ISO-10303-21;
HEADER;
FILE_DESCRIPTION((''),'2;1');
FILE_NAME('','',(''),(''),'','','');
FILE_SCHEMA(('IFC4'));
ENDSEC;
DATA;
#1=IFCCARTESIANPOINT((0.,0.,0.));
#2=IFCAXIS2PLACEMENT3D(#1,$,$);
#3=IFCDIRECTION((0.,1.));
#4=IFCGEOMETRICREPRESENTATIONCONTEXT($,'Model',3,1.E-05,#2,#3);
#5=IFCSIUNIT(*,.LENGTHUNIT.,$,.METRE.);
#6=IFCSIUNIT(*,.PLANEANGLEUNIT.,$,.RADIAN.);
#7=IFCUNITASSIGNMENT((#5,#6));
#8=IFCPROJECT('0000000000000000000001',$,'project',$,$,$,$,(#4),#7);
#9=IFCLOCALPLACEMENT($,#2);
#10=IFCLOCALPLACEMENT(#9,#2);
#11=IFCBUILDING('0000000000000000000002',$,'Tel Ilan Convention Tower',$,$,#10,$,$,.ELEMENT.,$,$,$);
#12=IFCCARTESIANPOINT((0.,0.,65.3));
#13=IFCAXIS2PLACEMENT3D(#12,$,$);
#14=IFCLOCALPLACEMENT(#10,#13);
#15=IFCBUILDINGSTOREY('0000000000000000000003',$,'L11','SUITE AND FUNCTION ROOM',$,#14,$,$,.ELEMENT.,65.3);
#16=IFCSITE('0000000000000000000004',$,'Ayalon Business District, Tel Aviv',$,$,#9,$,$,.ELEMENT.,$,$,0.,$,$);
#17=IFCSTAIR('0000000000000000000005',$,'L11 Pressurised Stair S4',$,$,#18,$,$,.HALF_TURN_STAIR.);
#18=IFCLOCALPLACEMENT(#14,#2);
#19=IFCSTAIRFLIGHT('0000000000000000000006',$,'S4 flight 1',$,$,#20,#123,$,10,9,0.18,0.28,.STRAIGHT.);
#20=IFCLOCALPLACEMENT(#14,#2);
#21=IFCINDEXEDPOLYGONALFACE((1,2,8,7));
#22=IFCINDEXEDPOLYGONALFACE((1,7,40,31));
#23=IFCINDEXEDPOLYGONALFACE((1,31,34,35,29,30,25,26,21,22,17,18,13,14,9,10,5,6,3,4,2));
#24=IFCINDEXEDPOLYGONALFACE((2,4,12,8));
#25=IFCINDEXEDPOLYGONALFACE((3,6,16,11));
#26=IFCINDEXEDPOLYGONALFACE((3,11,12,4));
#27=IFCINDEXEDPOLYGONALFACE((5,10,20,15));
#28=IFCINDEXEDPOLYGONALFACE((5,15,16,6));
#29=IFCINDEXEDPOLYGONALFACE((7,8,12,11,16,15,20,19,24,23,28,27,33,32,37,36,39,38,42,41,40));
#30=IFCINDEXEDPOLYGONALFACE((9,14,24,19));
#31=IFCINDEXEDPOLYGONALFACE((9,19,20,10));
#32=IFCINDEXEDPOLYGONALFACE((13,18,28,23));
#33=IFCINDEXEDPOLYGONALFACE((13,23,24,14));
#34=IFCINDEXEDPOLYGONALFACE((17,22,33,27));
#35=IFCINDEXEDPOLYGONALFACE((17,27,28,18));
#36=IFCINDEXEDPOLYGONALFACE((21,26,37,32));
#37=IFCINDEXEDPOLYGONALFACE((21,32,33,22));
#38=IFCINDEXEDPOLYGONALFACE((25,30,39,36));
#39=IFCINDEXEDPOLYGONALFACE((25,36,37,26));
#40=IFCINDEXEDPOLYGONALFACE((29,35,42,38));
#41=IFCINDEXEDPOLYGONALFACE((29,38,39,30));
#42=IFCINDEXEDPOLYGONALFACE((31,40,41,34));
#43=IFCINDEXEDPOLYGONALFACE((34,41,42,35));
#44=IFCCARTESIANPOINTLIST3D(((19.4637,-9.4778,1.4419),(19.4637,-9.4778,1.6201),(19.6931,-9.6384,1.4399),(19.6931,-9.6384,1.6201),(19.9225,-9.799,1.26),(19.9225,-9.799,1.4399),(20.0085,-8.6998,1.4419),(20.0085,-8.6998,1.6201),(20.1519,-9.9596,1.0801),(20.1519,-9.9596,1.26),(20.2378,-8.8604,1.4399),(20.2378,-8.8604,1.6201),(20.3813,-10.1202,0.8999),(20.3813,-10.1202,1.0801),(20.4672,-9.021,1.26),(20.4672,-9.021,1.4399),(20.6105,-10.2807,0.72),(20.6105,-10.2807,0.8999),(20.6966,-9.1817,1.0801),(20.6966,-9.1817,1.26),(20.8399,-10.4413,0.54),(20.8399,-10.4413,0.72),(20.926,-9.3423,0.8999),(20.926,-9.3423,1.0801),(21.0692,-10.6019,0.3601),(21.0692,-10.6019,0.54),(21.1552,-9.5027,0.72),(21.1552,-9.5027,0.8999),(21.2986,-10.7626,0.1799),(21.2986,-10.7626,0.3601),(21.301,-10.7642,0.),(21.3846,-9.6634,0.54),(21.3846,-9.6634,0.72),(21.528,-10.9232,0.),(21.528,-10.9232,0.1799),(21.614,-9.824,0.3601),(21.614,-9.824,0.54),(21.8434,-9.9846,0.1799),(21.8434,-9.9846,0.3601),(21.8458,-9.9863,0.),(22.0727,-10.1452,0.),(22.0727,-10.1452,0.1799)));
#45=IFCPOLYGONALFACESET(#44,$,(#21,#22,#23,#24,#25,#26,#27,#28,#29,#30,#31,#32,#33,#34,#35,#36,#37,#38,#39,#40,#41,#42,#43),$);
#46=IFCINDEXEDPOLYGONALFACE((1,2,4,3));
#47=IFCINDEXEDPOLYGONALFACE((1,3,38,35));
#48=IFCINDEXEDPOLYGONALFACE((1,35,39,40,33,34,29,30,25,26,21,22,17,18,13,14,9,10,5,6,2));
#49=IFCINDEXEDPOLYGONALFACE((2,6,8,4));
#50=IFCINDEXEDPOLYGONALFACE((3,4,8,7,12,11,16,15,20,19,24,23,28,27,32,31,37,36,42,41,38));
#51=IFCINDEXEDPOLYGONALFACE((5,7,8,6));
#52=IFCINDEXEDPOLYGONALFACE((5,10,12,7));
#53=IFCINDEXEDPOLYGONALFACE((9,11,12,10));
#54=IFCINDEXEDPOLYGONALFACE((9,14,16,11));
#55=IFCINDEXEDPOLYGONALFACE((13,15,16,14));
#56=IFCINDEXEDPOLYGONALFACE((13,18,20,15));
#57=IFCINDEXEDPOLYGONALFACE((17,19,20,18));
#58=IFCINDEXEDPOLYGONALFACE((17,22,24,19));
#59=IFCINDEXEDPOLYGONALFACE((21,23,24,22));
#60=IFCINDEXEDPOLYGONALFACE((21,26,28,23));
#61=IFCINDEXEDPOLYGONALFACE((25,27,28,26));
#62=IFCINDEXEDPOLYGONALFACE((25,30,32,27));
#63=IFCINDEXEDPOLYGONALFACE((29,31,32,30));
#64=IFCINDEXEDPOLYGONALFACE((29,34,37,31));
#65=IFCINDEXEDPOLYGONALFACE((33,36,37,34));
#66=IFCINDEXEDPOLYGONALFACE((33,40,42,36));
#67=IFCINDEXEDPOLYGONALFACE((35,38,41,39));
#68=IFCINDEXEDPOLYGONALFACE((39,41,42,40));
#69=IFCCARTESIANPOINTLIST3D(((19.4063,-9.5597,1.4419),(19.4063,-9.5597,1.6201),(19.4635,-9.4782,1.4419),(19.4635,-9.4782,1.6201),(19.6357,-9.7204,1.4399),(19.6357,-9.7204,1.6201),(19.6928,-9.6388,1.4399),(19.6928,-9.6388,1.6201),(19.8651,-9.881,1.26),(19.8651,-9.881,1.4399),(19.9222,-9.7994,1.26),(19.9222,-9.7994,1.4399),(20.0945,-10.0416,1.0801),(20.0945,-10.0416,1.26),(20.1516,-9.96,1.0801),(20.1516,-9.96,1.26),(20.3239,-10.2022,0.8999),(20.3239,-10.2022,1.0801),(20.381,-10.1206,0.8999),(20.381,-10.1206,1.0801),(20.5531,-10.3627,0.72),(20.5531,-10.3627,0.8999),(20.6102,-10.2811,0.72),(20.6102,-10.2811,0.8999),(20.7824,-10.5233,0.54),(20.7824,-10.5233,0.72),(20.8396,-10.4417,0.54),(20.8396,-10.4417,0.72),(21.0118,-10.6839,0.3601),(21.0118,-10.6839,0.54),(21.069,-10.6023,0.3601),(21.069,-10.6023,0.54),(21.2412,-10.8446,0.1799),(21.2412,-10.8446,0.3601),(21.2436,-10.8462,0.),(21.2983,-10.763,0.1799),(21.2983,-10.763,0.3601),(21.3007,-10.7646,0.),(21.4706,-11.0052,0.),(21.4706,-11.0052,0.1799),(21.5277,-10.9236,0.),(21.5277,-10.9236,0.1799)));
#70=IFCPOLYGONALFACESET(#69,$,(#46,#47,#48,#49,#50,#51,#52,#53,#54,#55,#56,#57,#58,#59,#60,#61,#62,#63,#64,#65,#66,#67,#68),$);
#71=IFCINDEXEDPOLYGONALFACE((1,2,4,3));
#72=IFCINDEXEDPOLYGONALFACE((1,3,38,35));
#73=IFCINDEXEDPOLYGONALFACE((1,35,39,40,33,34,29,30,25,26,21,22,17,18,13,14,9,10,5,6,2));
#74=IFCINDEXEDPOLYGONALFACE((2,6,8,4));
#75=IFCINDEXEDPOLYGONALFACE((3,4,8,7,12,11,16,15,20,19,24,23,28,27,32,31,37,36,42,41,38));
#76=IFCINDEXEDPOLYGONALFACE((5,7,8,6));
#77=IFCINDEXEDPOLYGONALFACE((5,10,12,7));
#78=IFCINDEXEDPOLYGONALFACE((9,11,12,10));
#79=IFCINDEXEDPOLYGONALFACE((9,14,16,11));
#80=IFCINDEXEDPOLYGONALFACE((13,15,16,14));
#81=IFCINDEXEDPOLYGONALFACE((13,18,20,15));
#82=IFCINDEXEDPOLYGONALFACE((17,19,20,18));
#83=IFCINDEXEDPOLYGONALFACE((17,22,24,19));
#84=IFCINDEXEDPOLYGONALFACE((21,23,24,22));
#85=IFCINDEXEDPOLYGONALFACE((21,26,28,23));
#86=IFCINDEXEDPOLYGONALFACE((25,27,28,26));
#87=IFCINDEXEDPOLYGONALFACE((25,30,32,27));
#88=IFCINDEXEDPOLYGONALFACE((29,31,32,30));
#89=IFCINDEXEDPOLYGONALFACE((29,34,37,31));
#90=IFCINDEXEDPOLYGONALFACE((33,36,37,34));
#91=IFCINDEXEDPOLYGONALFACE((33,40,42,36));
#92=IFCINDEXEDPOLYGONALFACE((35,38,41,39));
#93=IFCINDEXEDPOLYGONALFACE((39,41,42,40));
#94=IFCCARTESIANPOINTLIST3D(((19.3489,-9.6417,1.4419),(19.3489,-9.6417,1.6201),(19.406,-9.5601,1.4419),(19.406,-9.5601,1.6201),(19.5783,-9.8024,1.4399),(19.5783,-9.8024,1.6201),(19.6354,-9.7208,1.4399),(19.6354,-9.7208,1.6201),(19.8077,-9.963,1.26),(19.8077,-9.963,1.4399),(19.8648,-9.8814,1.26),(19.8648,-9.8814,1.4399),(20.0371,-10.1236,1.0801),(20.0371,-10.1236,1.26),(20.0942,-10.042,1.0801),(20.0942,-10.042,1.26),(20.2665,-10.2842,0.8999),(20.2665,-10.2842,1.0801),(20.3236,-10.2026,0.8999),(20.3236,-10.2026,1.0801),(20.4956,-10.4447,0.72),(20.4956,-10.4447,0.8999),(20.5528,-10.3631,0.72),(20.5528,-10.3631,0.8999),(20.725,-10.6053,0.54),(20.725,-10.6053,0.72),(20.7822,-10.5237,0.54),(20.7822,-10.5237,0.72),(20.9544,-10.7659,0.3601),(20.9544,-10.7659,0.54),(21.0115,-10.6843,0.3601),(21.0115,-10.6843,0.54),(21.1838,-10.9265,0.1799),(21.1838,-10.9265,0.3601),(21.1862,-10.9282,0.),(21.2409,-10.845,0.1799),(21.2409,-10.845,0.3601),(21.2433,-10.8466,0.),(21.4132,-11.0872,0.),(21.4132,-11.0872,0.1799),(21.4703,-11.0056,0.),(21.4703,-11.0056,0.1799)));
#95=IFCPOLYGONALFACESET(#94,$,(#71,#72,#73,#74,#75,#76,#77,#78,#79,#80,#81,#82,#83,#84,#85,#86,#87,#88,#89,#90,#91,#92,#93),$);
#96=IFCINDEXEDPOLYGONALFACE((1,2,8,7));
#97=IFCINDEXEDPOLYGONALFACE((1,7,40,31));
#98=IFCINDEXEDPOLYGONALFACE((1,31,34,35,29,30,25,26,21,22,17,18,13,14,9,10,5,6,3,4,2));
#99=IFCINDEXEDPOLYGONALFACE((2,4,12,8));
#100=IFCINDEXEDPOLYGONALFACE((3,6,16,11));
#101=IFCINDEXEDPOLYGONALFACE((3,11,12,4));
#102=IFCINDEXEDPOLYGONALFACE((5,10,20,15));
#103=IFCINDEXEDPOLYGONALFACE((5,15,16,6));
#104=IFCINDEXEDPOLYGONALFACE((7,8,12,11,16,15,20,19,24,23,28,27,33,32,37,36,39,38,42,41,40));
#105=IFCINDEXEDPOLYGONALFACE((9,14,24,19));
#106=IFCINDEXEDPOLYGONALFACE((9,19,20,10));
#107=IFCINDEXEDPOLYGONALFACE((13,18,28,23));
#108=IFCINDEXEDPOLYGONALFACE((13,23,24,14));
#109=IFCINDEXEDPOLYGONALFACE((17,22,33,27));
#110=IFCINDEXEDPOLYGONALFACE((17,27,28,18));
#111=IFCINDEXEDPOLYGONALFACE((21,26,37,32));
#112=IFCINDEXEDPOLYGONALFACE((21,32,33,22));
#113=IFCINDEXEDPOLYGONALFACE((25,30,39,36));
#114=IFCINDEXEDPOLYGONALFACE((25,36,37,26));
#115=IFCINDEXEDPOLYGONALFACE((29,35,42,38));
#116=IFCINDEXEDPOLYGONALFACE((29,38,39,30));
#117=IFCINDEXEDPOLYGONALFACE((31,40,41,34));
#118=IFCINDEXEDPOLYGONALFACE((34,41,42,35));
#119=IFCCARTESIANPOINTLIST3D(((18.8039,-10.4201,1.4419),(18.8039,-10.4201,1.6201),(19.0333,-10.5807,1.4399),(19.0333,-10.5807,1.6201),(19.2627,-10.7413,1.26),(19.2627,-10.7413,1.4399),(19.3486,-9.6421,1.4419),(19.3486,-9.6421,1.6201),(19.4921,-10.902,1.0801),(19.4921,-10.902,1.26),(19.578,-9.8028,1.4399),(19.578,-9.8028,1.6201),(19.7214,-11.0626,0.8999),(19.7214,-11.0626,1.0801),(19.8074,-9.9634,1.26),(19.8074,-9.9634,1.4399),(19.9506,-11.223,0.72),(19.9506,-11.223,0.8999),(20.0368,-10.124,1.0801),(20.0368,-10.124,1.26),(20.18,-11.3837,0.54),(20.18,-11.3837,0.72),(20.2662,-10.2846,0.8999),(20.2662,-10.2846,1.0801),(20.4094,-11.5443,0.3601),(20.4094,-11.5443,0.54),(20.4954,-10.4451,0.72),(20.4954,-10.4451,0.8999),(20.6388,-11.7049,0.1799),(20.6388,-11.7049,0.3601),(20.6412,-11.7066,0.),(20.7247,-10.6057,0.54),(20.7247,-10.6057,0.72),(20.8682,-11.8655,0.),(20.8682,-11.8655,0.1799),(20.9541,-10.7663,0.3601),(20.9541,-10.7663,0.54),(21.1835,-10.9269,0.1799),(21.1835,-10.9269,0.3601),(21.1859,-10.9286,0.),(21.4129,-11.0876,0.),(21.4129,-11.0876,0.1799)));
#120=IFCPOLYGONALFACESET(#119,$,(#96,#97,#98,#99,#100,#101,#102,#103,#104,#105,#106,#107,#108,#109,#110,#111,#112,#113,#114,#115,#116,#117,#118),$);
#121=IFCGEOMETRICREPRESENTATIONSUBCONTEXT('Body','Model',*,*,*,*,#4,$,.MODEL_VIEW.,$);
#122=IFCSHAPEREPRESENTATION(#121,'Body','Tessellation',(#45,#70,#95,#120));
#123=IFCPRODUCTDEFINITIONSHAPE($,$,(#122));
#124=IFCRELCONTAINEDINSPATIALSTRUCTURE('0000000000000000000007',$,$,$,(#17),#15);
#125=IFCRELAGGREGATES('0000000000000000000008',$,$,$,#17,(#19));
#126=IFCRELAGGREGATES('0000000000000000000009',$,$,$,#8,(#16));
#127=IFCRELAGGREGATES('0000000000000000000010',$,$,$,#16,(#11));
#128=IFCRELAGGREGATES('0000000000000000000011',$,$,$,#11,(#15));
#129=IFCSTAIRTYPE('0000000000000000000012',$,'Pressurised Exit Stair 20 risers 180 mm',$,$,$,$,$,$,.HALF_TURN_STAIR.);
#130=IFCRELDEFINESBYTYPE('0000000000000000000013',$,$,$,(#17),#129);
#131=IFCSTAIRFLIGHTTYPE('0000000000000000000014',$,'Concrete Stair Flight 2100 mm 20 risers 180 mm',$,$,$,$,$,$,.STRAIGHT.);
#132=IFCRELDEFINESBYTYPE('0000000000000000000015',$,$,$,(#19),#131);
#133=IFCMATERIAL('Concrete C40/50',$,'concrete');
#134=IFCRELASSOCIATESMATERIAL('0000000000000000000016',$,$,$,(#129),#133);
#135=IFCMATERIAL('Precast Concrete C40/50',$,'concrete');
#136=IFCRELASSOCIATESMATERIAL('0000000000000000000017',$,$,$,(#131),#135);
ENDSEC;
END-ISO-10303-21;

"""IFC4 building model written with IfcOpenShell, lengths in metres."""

from ifc_helpers import new_model, si_unit, direction, frame, origin, place, context, subcontext, project, spatial, polyline, outline, extrude, material, type_object, element, aggregate, save


model = new_model("IFC4")

# Units and contexts
model_context = context("Model", 3, precision=1e-05, world=origin(), true_north=direction((0.0, 1.0)))
body_context = subcontext(model_context, "Body", "Model", "MODEL_VIEW")
ifc_project = project(units=[si_unit("LENGTHUNIT", "METRE"), si_unit("PLANEANGLEUNIT", "RADIAN")], contexts=[model_context])

# Site, building, storey
site_placement = place(None, origin())
site = spatial("IfcSite", under=ifc_project, at=site_placement, Name="Ayalon Business District, Tel Aviv", CompositionType="ELEMENT", RefElevation=0.0)
building_placement = place(site_placement, origin())
building = spatial("IfcBuilding", under=site, at=building_placement, Name="Tel Ilan Convention Tower", CompositionType="ELEMENT")
storey_placement = place(building_placement, frame((0.0, 0.0, 65.3)))
storey = spatial("IfcBuildingStorey", under=building, at=storey_placement, Name="L11", Description="SUITE AND FUNCTION ROOM", CompositionType="ELEMENT", Elevation=65.3)

# Shared definitions
ifc_material_1 = material(Name="Concrete C40/50", Category="concrete")
stair_type = type_object("IfcStairType", Name="Pressurised Exit Stair 20 risers 180 mm", PredefinedType="HALF_TURN_STAIR", material=ifc_material_1)
ifc_material_2 = material(Name="Precast Concrete C40/50", Category="concrete")
stair_flight_type = type_object("IfcStairFlightType", Name="Concrete Stair Flight 2100 mm 20 risers 180 mm", PredefinedType="STRAIGHT", material=ifc_material_2)

# Stair, stair flight
stair_1_placement = place(storey_placement, origin())
stair_1 = element("IfcStair", 1, at=stair_1_placement, inside=storey, type_object=stair_type, Name="L11 Pressurised Stair S4", PredefinedType="HALF_TURN_STAIR")
stair_flight_1_placement = place(storey_placement, frame((21.4705, -11.0054, 0.0), z_axis=(0.0, 0.0, 1.0), x_axis=(-0.819152, 0.573576, 0.0)))
stair_flight_1 = element("IfcStairFlight", 2, at=stair_flight_1_placement, type_object=stair_flight_type, Name="S4 flight 1", NumberOfRisers=10, NumberOfTreads=9, PredefinedType="STRAIGHT", RiserHeight=0.18, TreadLength=0.28, context=body_context, shape_type="SweptSolid", body=[
    extrude(outline(polyline([(0.0, 0.0), (0.0, 0.1799), (0.28, 0.1799), (0.28, 0.3601), (0.5601, 0.3601), (0.5601, 0.54), (0.8401, 0.54), (0.8401, 0.72), (1.1201, 0.72), (1.1201, 0.8999), (1.3999, 0.8999), (1.3999, 1.0801), (1.6799, 1.0801), (1.6799, 1.26), (1.96, 1.26), (1.96, 1.4399), (2.24, 1.4399), (2.24, 1.6201), (2.52, 1.6201), (2.52, 1.8), (2.52, 1.4419), (0.2771, 0.0), (0.0, 0.0)])), frame((0.0, -0.1003, 0.0), z_axis=(0.0, -1.0, 0.0), x_axis=(1.0, 0.0, 0.0)), (0.0, 0.0, 1.0), 0.9497),
    extrude(outline(polyline([(0.0, 0.0), (0.0, 0.1799), (0.28, 0.1799), (0.28, 0.3601), (0.5601, 0.3601), (0.5601, 0.54), (0.8401, 0.54), (0.8401, 0.72), (1.1201, 0.72), (1.1201, 0.8999), (1.3999, 0.8999), (1.3999, 1.0801), (1.6799, 1.0801), (1.6799, 1.26), (1.96, 1.26), (1.96, 1.4399), (2.24, 1.4399), (2.24, 1.6201), (2.52, 1.6201), (2.52, 1.8), (2.52, 1.4419), (0.2771, 0.0), (0.0, 0.0)])), frame((0.0, -0.0002, 0.0), z_axis=(0.0, -1.0, 0.0), x_axis=(1.0, 0.0, 0.0)), (0.0, 0.0, 1.0), 0.0996),
    extrude(outline(polyline([(0.0, 0.0), (0.0, 0.1799), (0.28, 0.1799), (0.28, 0.3601), (0.5601, 0.3601), (0.5601, 0.54), (0.8401, 0.54), (0.8401, 0.72), (1.1201, 0.72), (1.1201, 0.8999), (1.3999, 0.8999), (1.3999, 1.0801), (1.6799, 1.0801), (1.6799, 1.26), (1.96, 1.26), (1.96, 1.4399), (2.24, 1.4399), (2.24, 1.6201), (2.52, 1.6201), (2.52, 1.8), (2.52, 1.4419), (0.2771, 0.0), (0.0, 0.0)])), frame((0.0, 0.0999, 0.0), z_axis=(0.0, -1.0, 0.0), x_axis=(1.0, 0.0, 0.0)), (0.0, 0.0, 1.0), 0.0996),
    extrude(outline(polyline([(0.0, 0.0), (0.0, 0.1799), (0.28, 0.1799), (0.28, 0.3601), (0.5601, 0.3601), (0.5601, 0.54), (0.8401, 0.54), (0.8401, 0.72), (1.1201, 0.72), (1.1201, 0.8999), (1.3999, 0.8999), (1.3999, 1.0801), (1.6799, 1.0801), (1.6799, 1.26), (1.96, 1.26), (1.96, 1.4399), (2.24, 1.4399), (2.24, 1.6201), (2.52, 1.6201), (2.52, 1.8), (2.52, 1.4419), (0.2771, 0.0), (0.0, 0.0)])), frame((0.0, 1.05, 0.0), z_axis=(0.0, -1.0, 0.0), x_axis=(1.0, 0.0, 0.0)), (0.0, 0.0, 1.0), 0.9497),
])
aggregate(stair_1, [stair_flight_1])

save(model, "model.ifc")
